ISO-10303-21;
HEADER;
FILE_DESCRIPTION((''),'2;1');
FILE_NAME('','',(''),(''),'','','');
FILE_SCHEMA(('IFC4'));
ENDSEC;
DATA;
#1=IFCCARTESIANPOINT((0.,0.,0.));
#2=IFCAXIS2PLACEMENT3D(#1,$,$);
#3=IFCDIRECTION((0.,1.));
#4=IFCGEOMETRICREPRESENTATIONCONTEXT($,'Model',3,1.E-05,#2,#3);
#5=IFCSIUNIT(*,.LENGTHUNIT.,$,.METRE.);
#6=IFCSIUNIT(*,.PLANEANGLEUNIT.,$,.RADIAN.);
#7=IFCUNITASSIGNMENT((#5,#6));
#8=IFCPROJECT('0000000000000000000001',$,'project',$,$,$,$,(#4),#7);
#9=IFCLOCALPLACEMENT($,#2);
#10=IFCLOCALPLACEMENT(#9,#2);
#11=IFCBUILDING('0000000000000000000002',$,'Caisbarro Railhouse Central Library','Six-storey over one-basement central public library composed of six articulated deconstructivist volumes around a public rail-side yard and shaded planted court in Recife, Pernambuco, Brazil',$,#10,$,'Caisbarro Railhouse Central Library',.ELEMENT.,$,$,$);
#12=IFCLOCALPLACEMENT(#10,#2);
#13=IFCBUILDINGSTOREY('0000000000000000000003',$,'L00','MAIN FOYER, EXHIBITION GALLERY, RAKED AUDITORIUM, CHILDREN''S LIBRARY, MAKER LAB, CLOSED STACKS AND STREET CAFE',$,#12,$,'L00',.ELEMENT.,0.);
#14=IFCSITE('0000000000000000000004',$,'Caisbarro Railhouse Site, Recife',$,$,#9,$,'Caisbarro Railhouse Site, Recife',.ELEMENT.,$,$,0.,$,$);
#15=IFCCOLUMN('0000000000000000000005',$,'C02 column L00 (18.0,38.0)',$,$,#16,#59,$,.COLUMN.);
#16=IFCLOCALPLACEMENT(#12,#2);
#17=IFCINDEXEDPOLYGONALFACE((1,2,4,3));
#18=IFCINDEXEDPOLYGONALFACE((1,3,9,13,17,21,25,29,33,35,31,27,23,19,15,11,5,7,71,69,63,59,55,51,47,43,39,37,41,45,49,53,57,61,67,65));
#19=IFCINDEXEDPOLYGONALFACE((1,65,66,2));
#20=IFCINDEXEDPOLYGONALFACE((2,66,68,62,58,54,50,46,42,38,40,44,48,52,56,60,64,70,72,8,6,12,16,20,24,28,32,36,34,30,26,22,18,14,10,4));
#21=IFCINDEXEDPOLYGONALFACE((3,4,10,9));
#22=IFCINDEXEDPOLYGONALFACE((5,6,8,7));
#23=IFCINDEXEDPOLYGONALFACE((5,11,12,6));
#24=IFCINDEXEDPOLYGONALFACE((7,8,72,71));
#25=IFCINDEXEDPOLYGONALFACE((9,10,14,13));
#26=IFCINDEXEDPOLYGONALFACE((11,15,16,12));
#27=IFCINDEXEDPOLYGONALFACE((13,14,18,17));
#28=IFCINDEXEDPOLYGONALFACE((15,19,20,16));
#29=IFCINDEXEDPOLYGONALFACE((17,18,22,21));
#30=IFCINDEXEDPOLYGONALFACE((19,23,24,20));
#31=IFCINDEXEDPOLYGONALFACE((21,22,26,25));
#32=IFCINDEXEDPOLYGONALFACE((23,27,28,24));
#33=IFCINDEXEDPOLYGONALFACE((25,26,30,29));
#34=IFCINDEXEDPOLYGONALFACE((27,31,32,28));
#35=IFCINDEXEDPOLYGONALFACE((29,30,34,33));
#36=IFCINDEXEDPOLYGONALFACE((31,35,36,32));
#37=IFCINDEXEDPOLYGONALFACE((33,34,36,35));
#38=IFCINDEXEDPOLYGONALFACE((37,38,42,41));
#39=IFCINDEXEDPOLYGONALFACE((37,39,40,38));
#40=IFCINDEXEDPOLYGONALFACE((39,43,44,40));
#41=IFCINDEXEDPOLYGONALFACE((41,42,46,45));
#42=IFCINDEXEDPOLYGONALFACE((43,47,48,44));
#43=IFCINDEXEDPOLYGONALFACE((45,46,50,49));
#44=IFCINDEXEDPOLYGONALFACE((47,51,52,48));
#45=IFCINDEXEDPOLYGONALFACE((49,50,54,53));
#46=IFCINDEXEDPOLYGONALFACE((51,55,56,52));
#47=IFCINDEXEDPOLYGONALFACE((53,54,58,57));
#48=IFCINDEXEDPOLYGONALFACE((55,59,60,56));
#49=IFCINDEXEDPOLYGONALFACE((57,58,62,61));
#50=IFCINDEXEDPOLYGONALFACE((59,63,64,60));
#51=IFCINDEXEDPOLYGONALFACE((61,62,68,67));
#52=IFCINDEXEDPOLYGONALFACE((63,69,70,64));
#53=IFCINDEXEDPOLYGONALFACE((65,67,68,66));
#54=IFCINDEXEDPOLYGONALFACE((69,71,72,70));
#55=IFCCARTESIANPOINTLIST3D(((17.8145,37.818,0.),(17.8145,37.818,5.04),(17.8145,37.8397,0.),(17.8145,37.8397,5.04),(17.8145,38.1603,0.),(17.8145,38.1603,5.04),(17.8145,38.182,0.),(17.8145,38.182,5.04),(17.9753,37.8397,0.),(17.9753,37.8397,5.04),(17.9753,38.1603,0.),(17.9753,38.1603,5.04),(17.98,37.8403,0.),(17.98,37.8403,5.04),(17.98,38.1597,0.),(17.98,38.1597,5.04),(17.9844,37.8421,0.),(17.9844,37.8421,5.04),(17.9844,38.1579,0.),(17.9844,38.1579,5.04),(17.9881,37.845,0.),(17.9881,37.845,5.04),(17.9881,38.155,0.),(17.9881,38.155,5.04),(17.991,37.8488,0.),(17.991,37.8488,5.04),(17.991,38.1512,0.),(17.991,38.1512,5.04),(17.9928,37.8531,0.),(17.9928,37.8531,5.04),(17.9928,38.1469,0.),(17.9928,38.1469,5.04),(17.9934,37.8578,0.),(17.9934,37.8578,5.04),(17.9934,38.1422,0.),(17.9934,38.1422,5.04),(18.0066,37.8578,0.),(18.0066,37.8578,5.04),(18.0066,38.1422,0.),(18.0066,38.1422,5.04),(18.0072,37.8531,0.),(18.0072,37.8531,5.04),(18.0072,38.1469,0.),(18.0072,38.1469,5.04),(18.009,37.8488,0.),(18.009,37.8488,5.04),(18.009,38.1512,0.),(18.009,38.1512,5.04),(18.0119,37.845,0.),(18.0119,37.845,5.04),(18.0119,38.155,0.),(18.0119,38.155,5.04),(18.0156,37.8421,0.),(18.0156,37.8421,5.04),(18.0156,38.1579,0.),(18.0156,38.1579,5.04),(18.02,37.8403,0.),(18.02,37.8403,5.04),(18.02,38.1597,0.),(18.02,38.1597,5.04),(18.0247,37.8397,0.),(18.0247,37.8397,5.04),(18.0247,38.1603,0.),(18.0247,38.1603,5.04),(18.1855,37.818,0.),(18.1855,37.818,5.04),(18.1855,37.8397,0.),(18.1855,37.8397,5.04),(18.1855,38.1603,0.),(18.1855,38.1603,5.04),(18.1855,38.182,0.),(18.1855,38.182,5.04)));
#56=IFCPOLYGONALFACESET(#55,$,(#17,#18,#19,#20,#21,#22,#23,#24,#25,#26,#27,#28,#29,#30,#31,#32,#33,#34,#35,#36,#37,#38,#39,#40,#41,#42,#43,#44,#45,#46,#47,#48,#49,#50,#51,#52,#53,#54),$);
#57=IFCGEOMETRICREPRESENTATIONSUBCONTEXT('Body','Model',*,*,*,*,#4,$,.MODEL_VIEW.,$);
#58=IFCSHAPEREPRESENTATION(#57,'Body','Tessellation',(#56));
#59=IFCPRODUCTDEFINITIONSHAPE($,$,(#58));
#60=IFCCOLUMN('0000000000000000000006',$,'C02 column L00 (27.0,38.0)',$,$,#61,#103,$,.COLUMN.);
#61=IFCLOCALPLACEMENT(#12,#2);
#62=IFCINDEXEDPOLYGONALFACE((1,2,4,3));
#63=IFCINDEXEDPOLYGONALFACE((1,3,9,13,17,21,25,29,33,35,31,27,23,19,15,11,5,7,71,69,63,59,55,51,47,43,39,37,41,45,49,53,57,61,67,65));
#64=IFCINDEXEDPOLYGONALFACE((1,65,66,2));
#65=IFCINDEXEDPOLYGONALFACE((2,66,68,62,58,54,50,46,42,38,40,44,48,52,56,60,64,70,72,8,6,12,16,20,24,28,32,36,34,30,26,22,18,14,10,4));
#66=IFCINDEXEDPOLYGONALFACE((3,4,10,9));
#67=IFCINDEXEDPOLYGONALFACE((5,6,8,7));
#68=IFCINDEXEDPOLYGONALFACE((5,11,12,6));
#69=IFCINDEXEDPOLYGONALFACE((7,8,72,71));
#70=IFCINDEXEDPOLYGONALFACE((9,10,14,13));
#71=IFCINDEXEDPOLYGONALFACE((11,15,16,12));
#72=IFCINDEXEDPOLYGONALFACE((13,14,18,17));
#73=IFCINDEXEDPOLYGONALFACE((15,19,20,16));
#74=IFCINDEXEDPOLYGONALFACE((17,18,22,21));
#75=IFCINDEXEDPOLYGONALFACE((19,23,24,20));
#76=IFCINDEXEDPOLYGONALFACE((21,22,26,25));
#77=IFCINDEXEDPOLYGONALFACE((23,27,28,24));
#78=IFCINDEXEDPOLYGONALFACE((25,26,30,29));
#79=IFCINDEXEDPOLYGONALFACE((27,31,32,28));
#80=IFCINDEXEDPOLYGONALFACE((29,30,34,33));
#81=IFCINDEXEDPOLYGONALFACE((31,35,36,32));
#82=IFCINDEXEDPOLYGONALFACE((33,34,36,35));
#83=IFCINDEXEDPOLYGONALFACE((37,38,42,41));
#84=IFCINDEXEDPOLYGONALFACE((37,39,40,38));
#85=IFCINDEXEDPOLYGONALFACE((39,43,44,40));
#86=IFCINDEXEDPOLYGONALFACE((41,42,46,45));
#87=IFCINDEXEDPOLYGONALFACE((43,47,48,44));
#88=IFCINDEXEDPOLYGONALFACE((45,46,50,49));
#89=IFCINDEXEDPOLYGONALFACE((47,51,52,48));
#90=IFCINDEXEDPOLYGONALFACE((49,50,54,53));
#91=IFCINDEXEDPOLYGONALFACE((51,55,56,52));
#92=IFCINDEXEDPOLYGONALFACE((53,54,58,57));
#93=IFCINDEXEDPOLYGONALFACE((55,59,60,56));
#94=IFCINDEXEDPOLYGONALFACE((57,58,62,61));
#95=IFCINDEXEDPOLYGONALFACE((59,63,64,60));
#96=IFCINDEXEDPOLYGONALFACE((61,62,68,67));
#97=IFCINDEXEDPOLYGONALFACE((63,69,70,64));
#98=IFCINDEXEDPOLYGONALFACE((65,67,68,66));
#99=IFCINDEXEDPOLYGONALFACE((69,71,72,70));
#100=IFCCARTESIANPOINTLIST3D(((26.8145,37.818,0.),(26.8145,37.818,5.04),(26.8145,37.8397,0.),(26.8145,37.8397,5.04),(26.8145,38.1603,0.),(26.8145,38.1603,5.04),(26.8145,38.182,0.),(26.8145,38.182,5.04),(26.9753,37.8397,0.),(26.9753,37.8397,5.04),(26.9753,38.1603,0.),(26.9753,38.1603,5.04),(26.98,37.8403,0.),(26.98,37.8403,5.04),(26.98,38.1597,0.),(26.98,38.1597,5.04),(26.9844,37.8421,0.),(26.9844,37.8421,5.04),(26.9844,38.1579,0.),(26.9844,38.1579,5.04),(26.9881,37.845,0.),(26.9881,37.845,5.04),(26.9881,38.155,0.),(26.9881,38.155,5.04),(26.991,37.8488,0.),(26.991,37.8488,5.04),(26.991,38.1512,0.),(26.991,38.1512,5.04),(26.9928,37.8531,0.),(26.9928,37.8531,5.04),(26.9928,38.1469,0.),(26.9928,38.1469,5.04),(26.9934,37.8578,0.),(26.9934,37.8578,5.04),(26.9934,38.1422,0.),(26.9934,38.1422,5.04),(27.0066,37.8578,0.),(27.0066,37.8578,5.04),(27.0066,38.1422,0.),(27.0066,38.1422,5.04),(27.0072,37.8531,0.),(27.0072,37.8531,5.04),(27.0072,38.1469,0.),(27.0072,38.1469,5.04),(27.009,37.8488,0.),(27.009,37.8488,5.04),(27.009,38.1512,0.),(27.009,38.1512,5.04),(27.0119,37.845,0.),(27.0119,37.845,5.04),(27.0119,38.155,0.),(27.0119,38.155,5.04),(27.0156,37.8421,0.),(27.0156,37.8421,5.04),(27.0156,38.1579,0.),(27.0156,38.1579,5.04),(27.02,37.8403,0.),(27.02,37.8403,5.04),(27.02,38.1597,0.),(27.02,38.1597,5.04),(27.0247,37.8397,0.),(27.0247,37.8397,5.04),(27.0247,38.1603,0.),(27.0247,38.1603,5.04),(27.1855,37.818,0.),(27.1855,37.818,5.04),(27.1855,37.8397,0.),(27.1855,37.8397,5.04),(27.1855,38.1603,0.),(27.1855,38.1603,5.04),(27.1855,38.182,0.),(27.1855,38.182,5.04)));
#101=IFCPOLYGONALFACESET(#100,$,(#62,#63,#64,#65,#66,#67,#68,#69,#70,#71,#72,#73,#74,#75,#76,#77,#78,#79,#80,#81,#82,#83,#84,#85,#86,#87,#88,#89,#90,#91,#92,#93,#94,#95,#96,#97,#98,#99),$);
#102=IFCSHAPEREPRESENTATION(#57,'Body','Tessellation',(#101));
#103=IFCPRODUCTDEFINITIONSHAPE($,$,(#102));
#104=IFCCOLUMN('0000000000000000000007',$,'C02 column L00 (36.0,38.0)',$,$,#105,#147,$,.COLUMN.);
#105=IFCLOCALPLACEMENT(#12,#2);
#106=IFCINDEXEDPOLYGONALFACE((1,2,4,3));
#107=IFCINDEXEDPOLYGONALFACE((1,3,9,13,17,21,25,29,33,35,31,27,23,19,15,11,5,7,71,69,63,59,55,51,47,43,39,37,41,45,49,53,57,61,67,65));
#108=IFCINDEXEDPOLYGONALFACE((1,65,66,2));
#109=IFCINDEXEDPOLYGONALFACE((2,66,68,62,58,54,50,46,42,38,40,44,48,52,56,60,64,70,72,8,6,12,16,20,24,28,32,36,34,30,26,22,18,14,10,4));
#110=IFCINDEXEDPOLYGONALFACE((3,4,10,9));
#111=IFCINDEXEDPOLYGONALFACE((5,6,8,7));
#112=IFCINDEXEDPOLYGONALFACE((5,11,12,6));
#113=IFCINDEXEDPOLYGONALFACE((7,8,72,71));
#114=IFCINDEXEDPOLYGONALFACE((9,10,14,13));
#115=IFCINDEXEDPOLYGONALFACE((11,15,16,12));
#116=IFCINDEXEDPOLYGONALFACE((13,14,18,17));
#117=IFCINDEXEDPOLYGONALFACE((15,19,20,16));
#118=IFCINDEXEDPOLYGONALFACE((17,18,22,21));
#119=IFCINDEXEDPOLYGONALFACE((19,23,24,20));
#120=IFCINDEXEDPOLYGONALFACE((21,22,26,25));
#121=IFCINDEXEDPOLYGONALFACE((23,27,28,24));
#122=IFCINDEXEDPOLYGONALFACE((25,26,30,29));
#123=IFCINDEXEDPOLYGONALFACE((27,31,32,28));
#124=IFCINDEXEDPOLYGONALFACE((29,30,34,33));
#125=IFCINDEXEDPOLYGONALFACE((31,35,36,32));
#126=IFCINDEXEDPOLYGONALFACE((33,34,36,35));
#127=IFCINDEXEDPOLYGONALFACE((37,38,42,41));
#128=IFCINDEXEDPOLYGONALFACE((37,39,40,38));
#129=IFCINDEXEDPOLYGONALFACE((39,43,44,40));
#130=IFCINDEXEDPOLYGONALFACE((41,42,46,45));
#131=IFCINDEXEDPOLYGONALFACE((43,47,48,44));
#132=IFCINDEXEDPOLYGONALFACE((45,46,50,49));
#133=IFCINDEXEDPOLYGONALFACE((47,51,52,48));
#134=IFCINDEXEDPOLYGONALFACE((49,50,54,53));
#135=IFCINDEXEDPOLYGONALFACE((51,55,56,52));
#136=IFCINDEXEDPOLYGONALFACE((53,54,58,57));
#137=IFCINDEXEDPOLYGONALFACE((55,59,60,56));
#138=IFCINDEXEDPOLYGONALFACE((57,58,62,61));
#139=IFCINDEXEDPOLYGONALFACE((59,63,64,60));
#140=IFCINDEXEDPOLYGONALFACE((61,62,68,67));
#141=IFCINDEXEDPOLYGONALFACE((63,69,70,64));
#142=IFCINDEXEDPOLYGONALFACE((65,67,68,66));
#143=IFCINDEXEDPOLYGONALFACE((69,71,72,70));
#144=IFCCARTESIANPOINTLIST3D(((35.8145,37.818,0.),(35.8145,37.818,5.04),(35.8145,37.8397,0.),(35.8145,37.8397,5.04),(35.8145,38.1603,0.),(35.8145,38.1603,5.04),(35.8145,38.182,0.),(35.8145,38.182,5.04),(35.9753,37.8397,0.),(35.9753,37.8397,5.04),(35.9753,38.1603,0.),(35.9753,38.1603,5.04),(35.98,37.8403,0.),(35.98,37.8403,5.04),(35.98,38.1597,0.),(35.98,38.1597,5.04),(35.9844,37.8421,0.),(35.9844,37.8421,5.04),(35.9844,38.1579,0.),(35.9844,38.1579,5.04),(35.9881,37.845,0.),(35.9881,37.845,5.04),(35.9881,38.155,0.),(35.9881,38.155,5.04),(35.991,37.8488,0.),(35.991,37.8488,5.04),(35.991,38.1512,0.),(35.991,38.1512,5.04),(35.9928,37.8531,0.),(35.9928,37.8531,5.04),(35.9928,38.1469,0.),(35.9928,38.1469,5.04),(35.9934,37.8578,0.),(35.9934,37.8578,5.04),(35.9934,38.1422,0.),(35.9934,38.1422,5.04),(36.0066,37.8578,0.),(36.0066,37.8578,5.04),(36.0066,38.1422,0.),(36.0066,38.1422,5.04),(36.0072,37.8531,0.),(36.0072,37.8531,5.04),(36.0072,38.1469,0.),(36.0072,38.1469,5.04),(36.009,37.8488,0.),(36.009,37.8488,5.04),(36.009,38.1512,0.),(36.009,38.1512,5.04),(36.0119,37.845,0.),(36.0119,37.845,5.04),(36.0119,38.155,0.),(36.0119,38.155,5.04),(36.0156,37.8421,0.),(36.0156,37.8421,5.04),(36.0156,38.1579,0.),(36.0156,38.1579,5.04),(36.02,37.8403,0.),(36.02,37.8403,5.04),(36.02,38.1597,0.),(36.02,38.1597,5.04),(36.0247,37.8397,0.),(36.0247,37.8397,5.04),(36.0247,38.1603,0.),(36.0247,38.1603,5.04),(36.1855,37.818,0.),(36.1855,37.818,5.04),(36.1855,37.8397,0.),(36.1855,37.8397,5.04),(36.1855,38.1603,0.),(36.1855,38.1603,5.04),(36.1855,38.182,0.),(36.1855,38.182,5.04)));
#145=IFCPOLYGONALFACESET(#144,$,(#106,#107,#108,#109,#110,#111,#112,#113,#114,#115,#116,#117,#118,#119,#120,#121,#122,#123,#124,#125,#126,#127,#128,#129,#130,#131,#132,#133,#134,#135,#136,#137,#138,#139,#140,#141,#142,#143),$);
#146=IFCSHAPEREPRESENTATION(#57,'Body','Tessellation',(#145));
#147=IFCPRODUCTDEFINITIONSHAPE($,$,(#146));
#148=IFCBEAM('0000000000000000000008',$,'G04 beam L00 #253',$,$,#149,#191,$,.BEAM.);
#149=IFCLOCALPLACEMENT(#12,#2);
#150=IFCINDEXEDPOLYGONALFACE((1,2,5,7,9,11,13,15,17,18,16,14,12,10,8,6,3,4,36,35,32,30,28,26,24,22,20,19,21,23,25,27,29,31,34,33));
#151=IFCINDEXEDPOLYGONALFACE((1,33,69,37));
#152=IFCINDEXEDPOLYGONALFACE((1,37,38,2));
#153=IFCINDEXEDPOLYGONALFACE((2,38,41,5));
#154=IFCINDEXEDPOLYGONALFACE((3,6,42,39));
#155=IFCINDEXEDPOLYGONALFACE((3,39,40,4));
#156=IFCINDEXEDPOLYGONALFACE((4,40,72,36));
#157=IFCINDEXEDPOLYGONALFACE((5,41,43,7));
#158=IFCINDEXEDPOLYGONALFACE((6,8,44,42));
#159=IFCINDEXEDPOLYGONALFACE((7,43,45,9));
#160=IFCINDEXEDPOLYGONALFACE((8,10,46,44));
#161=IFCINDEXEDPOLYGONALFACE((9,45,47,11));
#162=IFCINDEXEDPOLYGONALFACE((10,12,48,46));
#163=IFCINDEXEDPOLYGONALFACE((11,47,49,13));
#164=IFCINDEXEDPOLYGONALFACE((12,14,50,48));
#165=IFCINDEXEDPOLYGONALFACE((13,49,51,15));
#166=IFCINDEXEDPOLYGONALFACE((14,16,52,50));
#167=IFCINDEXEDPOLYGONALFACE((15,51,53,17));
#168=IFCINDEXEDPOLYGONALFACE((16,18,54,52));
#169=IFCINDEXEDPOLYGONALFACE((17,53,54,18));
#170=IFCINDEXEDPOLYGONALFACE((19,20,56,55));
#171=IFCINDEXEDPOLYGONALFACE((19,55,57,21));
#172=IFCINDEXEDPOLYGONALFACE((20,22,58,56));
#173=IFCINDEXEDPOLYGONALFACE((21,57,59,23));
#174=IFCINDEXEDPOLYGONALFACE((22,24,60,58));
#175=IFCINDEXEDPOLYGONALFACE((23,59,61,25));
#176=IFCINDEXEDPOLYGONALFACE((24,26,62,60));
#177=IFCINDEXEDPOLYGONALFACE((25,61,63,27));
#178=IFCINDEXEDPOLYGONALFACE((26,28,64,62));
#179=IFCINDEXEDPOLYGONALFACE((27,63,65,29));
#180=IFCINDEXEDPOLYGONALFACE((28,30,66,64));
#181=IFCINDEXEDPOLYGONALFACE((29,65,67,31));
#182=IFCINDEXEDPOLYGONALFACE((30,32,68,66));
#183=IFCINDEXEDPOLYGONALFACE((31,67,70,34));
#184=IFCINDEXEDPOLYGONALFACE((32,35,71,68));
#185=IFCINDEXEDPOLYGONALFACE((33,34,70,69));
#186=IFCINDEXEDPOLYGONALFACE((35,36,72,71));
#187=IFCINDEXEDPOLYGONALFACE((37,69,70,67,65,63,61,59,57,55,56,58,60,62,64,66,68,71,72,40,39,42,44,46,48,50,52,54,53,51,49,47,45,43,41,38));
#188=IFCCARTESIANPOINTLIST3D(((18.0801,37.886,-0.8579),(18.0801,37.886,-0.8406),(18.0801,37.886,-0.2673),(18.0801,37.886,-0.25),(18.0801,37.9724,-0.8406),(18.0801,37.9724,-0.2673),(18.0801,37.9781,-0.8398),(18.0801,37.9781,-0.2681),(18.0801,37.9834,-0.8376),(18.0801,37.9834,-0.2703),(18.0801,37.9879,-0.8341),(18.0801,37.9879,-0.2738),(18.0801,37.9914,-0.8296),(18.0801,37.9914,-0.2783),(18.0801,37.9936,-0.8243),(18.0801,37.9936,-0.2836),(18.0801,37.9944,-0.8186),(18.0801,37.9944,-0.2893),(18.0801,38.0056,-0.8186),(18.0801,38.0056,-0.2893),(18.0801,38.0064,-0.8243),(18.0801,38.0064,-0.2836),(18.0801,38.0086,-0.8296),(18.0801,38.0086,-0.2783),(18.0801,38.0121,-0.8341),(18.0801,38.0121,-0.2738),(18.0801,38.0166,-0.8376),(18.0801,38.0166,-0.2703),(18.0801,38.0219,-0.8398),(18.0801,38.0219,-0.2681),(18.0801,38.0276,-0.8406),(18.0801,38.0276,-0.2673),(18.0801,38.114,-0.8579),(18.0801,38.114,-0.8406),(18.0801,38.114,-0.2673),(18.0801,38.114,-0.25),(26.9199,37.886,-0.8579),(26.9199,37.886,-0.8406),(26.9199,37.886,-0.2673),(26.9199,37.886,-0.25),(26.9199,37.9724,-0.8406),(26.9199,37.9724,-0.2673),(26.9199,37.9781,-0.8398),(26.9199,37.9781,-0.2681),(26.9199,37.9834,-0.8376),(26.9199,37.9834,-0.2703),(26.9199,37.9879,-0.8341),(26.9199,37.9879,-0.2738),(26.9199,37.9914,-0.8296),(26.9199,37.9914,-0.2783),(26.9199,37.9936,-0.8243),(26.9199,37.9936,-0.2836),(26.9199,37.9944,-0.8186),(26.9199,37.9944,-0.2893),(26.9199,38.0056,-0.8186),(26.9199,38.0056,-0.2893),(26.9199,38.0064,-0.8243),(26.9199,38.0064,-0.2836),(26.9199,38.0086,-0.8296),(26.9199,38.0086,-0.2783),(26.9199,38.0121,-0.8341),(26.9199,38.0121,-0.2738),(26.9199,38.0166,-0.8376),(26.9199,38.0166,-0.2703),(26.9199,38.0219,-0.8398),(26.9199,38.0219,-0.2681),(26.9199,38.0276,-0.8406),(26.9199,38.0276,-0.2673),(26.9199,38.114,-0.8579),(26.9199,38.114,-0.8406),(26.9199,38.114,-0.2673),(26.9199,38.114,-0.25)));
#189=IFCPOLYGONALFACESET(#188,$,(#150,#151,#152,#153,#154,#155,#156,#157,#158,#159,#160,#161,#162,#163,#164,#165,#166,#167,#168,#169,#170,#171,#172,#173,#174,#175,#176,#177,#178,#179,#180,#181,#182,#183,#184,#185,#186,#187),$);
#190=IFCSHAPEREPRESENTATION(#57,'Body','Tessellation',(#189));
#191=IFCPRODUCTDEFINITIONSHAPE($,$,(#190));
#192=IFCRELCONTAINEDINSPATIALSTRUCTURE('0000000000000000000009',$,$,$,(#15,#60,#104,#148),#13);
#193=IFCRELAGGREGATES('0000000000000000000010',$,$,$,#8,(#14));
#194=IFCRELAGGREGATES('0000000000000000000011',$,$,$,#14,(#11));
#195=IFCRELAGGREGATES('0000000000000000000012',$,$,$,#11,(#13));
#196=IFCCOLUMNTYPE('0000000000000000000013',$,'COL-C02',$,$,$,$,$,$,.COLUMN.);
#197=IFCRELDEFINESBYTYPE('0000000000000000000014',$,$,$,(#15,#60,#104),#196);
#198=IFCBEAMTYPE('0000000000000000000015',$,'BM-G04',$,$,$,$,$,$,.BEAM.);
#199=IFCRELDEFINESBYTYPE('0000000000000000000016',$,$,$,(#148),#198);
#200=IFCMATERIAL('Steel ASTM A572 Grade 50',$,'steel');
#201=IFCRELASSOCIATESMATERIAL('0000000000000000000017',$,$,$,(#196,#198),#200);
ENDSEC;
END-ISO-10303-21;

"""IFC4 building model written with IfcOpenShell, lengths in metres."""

from ifc_helpers import new_model, si_unit, direction, frame, origin, origin_2d, place, context, subcontext, project, spatial, i_section, extrude, material, material_profile, profile_set, type_object, element, save


model = new_model("IFC4")

# Units and contexts
model_context = context("Model", 3, precision=1e-05, world=origin(), true_north=direction((0.0, 1.0)))
body_context = subcontext(model_context, "Body", "Model", "MODEL_VIEW")
ifc_project = project(units=[si_unit("LENGTHUNIT", "METRE"), si_unit("PLANEANGLEUNIT", "RADIAN")], contexts=[model_context])

# Site, building, storey
site_placement = place(None, origin())
site = spatial("IfcSite", under=ifc_project, at=site_placement, Name="Caisbarro Railhouse Site, Recife", LongName="Caisbarro Railhouse Site, Recife", CompositionType="ELEMENT", RefElevation=0.0)
building_placement = place(site_placement, origin())
building = spatial("IfcBuilding", under=site, at=building_placement, Name="Caisbarro Railhouse Central Library", Description="Six-storey over one-basement central public library composed of six articulated deconstructivist volumes around a public rail-side yard and shaded planted court in Recife, Pernambuco, Brazil", LongName="Caisbarro Railhouse Central Library", CompositionType="ELEMENT")
storey_placement = place(building_placement, origin())
storey = spatial("IfcBuildingStorey", under=building, at=storey_placement, Name="L00", Description="MAIN FOYER, EXHIBITION GALLERY, RAKED AUDITORIUM, CHILDREN'S LIBRARY, MAKER LAB, CLOSED STACKS AND STREET CAFE", LongName="L00", CompositionType="ELEMENT", Elevation=0.0)

# Columns
ifc_material_1 = material(Name="Steel ASTM A572 Grade 50", Category="steel")
ifc_material_profile_1 = material_profile(ifc_material_1, i_section(OverallWidth=0.3711, OverallDepth=0.364, WebThickness=0.0132, FlangeThickness=0.0217, FilletRadius=0.0181, at=origin_2d()), Name="W360X162.0")
ifc_profile_set_1 = profile_set([ifc_material_profile_1], Name="Steel ASTM A572 Grade 50")
column_type = type_object("IfcColumnType", Name="COL-C02", PredefinedType="COLUMN", material=ifc_profile_set_1)
for number, where, z_axis, x_axis, name in (
    (1, (18.0, 38.0, 0.0), (0.0, 0.0, 1.0), (1.0, 0.0, 0.0), "C02 column L00 (18.0,38.0)"),
    (2, (27.0, 38.0, 0.0), (0.0, 0.0, 1.0), (1.0, 0.0, 0.0), "C02 column L00 (27.0,38.0)"),
    (3, (36.0, 38.0, 0.0), (0.0, 0.0, 1.0), (1.0, 0.0, 0.0), "C02 column L00 (36.0,38.0)"),
):
    element("IfcColumn", number, at=place(storey_placement, frame(where, z_axis=z_axis, x_axis=x_axis)), inside=storey, type_object=column_type, Name=name, PredefinedType="COLUMN", context=body_context, shape_type="SweptSolid", body=[
        extrude(i_section(OverallWidth=0.3711, OverallDepth=0.364, WebThickness=0.0132, FlangeThickness=0.0217, FilletRadius=0.0181, at=origin_2d()), origin(), (0.0, 0.0, 1.0), 5.04),
    ])

# Beam
ifc_material_profile_2 = material_profile(ifc_material_1, i_section(OverallWidth=0.228, OverallDepth=0.6079, WebThickness=0.0112, FlangeThickness=0.0173, FilletRadius=0.022, at=origin_2d()), Name="W610X113.0")
ifc_profile_set_2 = profile_set([ifc_material_profile_2], Name="Steel ASTM A572 Grade 50")
beam_type_1 = type_object("IfcBeamType", Name="BM-G04", PredefinedType="BEAM", material=ifc_profile_set_2)
for number, where, z_axis, x_axis, name in (
    (4, (18.0801, 38.0, -0.554), (1.0, 0.0, 0.0), (0.0, 1.0, 0.0), "G04 beam L00 #253"),
):
    element("IfcBeam", number, at=place(storey_placement, frame(where, z_axis=z_axis, x_axis=x_axis)), inside=storey, type_object=beam_type_1, Name=name, PredefinedType="BEAM", context=body_context, shape_type="SweptSolid", body=[
        extrude(i_section(OverallWidth=0.228, OverallDepth=0.6079, WebThickness=0.0112, FlangeThickness=0.0173, FilletRadius=0.022, at=origin_2d()), origin(), (0.0, 0.0, 1.0), 8.8398),
    ])

save(model, "model.ifc")
